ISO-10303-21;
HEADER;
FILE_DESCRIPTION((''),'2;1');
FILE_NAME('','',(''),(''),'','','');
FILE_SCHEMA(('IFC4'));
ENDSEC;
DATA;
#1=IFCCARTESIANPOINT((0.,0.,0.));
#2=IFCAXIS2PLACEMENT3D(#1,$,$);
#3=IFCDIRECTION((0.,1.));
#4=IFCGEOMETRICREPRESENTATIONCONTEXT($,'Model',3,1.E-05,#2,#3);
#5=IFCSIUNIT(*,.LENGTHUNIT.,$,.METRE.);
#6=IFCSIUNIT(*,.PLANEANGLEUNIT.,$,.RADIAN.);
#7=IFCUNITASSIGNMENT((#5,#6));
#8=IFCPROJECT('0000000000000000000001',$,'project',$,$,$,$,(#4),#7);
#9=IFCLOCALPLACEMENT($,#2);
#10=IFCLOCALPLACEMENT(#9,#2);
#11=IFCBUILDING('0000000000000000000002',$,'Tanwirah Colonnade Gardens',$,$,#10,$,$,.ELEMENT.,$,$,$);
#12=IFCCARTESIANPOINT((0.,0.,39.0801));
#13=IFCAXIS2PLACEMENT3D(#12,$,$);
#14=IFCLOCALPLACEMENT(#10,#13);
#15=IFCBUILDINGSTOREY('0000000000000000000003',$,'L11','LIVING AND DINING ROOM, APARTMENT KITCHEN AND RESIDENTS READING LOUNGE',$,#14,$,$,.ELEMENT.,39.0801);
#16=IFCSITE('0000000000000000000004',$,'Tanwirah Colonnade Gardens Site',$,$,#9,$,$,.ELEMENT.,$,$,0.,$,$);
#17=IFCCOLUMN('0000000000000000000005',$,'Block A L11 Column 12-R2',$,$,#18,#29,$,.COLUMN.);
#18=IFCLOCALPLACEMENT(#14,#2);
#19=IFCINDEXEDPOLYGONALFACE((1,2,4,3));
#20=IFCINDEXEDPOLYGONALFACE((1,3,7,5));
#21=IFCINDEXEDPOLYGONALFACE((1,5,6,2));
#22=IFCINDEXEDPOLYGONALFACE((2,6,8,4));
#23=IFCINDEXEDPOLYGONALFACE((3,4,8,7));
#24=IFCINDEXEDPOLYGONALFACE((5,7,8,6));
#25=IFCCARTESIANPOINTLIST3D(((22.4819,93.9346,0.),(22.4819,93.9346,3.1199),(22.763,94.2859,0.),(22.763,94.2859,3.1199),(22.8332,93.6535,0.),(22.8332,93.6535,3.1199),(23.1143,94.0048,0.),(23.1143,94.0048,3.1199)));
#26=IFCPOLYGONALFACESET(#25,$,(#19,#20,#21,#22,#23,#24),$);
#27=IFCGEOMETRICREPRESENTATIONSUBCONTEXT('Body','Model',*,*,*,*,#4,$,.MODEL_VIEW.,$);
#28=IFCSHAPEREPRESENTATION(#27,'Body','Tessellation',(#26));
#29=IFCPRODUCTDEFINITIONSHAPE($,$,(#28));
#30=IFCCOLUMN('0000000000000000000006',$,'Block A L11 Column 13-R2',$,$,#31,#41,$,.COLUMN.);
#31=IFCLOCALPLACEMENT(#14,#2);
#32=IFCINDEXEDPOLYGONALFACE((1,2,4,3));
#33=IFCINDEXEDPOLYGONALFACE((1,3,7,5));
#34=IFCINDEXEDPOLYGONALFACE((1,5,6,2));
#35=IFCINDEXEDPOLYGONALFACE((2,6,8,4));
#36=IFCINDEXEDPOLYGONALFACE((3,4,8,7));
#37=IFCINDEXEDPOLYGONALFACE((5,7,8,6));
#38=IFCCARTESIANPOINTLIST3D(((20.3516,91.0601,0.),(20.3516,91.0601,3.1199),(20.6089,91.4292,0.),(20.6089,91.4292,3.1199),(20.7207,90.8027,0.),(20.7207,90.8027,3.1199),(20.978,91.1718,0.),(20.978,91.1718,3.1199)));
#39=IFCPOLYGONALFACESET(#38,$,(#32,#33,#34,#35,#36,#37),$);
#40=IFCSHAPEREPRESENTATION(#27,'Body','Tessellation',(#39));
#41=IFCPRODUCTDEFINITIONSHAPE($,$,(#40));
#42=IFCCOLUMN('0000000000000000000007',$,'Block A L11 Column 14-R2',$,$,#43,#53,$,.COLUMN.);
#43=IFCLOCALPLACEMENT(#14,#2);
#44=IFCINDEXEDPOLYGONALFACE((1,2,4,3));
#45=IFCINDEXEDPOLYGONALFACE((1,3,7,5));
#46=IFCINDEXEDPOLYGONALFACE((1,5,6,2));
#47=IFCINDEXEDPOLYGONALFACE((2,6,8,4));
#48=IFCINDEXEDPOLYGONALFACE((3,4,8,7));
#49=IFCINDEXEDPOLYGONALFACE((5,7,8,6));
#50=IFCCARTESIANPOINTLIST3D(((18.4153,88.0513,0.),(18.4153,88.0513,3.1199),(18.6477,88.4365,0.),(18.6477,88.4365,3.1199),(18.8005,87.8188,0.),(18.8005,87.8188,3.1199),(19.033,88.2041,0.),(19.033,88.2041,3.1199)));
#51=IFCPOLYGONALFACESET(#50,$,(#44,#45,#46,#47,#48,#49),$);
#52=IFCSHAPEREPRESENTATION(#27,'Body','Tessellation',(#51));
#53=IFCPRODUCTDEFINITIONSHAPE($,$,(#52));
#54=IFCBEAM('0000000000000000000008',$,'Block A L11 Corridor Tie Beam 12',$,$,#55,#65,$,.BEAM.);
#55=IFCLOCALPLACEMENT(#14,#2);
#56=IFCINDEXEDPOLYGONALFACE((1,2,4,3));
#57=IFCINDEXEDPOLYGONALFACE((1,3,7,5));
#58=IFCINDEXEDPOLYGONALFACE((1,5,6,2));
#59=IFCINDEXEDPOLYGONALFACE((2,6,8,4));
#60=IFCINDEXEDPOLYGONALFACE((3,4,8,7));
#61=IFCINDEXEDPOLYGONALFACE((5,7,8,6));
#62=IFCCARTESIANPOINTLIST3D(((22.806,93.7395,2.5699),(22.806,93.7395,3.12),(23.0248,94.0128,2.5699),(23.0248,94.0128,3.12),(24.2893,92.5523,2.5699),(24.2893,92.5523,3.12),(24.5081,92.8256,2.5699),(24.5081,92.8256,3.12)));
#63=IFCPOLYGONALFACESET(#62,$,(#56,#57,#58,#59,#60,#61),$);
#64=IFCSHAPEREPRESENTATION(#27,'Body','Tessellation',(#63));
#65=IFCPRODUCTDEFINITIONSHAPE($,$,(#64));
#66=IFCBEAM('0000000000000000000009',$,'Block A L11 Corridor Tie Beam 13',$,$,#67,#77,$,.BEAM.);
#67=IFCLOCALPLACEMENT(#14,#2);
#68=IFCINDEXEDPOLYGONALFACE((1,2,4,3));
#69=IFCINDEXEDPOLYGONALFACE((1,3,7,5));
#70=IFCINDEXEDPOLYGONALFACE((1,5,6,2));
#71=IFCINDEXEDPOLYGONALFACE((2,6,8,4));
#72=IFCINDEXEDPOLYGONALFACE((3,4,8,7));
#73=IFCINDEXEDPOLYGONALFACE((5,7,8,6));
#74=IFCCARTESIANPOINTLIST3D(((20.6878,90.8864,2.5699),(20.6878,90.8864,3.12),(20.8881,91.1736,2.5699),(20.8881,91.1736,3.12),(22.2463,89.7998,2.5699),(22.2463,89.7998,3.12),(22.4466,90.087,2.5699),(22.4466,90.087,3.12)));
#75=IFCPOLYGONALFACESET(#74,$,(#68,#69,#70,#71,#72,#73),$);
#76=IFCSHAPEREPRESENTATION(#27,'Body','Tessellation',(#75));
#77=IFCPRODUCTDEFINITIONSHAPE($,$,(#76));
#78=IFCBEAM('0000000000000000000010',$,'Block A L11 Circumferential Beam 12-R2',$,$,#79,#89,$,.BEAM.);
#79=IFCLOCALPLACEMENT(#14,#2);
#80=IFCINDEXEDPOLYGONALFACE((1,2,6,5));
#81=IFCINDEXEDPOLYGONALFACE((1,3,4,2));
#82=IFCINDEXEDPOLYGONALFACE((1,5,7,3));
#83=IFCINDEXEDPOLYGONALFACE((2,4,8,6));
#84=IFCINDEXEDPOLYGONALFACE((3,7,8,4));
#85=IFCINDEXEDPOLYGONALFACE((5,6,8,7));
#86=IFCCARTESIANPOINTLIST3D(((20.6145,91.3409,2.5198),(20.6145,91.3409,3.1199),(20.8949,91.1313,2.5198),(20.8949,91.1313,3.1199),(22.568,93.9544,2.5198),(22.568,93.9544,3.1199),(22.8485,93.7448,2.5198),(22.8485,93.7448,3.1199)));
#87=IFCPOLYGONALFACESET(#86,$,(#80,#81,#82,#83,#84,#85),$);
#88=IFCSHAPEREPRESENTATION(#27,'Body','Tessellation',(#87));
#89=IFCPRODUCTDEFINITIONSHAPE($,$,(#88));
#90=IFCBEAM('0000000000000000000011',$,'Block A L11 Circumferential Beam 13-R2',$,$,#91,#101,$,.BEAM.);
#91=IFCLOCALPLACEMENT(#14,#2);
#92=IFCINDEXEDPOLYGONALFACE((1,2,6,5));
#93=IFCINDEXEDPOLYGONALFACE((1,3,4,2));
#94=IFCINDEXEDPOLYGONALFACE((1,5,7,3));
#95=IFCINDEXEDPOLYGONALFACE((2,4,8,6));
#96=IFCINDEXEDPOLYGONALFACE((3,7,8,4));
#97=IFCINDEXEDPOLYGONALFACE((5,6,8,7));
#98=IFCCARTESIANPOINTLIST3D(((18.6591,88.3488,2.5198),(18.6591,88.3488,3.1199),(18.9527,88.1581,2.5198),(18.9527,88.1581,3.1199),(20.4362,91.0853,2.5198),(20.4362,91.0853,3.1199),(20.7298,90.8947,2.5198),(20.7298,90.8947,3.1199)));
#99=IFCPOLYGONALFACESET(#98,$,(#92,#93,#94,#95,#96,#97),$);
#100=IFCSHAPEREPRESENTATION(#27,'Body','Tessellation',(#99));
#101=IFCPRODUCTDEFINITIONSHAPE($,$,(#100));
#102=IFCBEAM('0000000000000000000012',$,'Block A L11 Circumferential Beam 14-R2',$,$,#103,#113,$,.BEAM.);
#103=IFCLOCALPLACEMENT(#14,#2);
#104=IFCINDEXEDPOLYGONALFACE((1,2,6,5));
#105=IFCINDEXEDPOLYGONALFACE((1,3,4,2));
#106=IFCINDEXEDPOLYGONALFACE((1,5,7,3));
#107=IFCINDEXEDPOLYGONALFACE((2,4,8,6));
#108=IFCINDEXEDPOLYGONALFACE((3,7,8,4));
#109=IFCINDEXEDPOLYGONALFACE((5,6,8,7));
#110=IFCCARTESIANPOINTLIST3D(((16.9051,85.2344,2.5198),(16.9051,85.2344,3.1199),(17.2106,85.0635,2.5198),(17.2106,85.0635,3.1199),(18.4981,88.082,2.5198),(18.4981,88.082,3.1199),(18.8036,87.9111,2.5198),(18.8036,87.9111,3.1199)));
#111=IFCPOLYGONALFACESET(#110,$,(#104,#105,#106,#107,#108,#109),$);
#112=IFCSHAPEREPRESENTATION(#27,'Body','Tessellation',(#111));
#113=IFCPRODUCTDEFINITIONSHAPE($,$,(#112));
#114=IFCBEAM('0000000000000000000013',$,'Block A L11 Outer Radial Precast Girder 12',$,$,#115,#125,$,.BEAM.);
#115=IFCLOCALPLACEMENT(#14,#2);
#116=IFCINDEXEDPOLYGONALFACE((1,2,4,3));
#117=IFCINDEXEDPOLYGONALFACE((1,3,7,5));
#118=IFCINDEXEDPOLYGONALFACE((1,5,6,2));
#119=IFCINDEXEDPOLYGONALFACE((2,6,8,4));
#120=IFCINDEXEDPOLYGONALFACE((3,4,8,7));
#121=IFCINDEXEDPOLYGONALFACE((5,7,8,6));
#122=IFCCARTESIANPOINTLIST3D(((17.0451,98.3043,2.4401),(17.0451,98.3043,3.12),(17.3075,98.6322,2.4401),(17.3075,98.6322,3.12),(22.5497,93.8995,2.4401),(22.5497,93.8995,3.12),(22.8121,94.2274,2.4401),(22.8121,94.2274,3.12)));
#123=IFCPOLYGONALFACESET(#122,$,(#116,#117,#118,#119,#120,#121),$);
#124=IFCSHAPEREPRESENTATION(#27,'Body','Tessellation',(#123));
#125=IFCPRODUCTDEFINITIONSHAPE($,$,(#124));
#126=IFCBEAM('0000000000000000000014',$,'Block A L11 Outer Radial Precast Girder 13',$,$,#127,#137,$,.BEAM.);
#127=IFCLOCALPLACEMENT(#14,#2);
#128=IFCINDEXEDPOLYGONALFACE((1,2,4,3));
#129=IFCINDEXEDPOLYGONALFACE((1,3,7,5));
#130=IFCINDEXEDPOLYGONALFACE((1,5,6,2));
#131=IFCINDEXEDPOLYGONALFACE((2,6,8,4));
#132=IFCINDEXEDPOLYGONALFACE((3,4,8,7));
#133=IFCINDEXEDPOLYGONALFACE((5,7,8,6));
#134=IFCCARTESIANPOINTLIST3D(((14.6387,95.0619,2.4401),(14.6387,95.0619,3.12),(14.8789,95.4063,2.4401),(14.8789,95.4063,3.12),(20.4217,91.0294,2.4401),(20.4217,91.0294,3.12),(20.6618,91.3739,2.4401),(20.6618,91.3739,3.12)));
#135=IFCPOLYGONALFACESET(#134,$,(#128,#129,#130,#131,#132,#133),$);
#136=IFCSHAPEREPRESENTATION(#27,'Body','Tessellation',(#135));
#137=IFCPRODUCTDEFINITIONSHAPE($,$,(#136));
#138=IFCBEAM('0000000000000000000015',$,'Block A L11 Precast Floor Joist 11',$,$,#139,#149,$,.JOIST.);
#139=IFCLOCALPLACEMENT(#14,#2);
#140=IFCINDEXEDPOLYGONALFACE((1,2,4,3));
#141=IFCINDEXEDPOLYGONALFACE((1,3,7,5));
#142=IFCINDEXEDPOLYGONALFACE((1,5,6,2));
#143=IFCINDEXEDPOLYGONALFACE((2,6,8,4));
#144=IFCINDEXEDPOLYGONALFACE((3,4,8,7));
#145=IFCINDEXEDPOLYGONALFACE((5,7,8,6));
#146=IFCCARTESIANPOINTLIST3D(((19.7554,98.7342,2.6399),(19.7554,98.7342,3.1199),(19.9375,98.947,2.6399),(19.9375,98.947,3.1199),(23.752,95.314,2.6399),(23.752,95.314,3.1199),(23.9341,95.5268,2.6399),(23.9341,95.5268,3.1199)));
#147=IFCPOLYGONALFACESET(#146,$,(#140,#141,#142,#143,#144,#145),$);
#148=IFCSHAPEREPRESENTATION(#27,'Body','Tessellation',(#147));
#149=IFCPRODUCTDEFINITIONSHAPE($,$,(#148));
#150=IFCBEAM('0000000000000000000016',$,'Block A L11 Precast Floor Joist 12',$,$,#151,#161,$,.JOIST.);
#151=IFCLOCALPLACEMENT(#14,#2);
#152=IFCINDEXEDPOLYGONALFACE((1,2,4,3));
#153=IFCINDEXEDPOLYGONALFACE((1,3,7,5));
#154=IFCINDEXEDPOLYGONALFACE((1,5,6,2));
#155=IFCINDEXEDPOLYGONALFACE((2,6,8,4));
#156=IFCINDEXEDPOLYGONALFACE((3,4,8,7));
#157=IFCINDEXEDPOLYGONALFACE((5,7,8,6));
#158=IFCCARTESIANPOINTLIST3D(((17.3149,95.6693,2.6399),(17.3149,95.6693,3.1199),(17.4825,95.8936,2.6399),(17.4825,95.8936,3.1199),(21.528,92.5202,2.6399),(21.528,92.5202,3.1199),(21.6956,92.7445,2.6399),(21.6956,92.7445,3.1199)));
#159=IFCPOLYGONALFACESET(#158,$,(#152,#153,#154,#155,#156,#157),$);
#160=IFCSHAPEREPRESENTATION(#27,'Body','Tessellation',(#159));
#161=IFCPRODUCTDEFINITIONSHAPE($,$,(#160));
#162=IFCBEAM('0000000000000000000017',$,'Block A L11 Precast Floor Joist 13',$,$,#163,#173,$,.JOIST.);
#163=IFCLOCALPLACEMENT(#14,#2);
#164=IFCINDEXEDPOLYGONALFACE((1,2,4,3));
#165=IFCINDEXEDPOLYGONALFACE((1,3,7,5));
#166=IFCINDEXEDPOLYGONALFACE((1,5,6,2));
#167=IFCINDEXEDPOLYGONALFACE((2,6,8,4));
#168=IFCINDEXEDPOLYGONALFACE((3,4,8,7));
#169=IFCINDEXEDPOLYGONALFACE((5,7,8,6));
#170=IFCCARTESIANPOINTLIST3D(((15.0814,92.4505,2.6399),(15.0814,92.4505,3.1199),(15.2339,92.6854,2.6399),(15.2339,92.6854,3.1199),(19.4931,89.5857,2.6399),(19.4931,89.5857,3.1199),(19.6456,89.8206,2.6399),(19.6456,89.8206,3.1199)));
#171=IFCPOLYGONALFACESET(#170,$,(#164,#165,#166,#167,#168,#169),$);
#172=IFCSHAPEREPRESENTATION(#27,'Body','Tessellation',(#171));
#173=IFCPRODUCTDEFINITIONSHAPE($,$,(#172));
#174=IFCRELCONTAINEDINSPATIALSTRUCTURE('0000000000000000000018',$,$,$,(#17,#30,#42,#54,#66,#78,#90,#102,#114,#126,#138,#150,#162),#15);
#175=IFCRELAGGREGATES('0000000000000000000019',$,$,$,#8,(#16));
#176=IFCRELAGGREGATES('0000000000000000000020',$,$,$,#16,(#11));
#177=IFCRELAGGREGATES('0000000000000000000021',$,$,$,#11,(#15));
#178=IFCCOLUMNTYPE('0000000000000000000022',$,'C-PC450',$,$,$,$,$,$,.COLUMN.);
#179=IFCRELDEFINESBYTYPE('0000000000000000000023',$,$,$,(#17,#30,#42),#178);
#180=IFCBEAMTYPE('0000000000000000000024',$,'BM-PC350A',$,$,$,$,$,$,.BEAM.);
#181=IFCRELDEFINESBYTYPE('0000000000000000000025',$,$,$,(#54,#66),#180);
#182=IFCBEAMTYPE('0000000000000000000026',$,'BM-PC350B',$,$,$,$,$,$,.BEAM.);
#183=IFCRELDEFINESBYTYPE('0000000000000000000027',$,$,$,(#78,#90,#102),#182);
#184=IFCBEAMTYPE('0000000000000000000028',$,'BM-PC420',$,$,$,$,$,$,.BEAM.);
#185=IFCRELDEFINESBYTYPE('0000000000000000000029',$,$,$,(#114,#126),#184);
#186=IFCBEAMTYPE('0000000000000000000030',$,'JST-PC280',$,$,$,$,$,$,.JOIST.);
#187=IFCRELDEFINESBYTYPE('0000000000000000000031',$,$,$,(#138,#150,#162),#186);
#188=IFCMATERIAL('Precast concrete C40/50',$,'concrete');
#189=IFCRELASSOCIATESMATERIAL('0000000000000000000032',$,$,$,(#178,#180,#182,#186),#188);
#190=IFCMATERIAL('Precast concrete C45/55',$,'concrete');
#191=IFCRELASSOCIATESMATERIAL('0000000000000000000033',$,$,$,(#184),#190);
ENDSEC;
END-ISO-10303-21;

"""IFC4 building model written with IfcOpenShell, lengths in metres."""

from ifc_helpers import new_model, si_unit, direction, frame, origin, origin_2d, place, context, subcontext, project, spatial, rectangle, extrude, material, material_profile, profile_set, type_object, element, save


model = new_model("IFC4")

# Units and contexts
model_context = context("Model", 3, precision=1e-05, world=origin(), true_north=direction((0.0, 1.0)))
body_context = subcontext(model_context, "Body", "Model", "MODEL_VIEW")
ifc_project = project(units=[si_unit("LENGTHUNIT", "METRE"), si_unit("PLANEANGLEUNIT", "RADIAN")], contexts=[model_context])

# Site, building, storey
site_placement = place(None, origin())
site = spatial("IfcSite", under=ifc_project, at=site_placement, Name="Tanwirah Colonnade Gardens Site", CompositionType="ELEMENT", RefElevation=0.0)
building_placement = place(site_placement, origin())
building = spatial("IfcBuilding", under=site, at=building_placement, Name="Tanwirah Colonnade Gardens", CompositionType="ELEMENT")
storey_placement = place(building_placement, frame((0.0, 0.0, 39.0801)))
storey = spatial("IfcBuildingStorey", under=building, at=storey_placement, Name="L11", Description="LIVING AND DINING ROOM, APARTMENT KITCHEN AND RESIDENTS READING LOUNGE", CompositionType="ELEMENT", Elevation=39.0801)

# Columns
ifc_material_1 = material(Name="Precast concrete C40/50", Category="concrete")
ifc_material_profile_1 = material_profile(ifc_material_1, rectangle(XDim=0.45, YDim=0.45, at=origin_2d()), Name="PC-COL 450x450")
ifc_profile_set_1 = profile_set([ifc_material_profile_1], Name="Precast concrete C40/50")
column_type = type_object("IfcColumnType", Name="C-PC450", PredefinedType="COLUMN", material=ifc_profile_set_1)
for number, where, z_axis, x_axis, name in (
    (1, (22.7981, 93.9697, 0.0), (0.0, 0.0, 1.0), (-0.780794, 0.624788, 0.0), "Block A L11 Column 12-R2"),
    (2, (20.6648, 91.116, 0.0), (0.0, 0.0, 1.0), (-0.820263, 0.571987, 0.0), "Block A L11 Column 13-R2"),
    (3, (18.7241, 88.1277, 0.0), (0.0, 0.0, 1.0), (-0.856167, 0.516699, 0.0), "Block A L11 Column 14-R2"),
):
    element("IfcColumn", number, at=place(storey_placement, frame(where, z_axis=z_axis, x_axis=x_axis)), inside=storey, type_object=column_type, Name=name, PredefinedType="COLUMN", context=body_context, shape_type="SweptSolid", body=[
        extrude(rectangle(XDim=0.45, YDim=0.45, at=origin_2d()), origin(), (0.0, 0.0, 1.0), 3.1199),
    ])

# Beams
ifc_material_profile_2 = material_profile(ifc_material_1, rectangle(XDim=0.3501, YDim=0.55, at=origin_2d()), Name="PC-BM 350x550")
ifc_profile_set_2 = profile_set([ifc_material_profile_2], Name="Precast concrete C40/50")
beam_type_1 = type_object("IfcBeamType", Name="BM-PC350A", PredefinedType="BEAM", material=ifc_profile_set_2)
for number, where, z_axis, x_axis, name in (
    (4, (24.3987, 92.689, 2.845), (-0.780731, 0.624867, 0.0), (-0.624867, -0.780731, 0.0), "Block A L11 Corridor Tie Beam 12"),
    (5, (22.3464, 89.9434, 2.845), (-0.820305, 0.571926, 0.0), (-0.571926, -0.820305, 0.0), "Block A L11 Corridor Tie Beam 13"),
):
    element("IfcBeam", number, at=place(storey_placement, frame(where, z_axis=z_axis, x_axis=x_axis)), inside=storey, type_object=beam_type_1, Name=name, PredefinedType="BEAM", context=body_context, shape_type="SweptSolid", body=[
        extrude(rectangle(XDim=0.3501, YDim=0.55, at=origin_2d()), origin(), (0.0, 0.0, 1.0), 1.8999),
    ])
ifc_material_profile_3 = material_profile(ifc_material_1, rectangle(XDim=0.3501, YDim=0.6001, at=origin_2d()), Name="PC-BM 350x600")
ifc_profile_set_3 = profile_set([ifc_material_profile_3], Name="Precast concrete C40/50")
beam_type_2 = type_object("IfcBeamType", Name="BM-PC350B", PredefinedType="BEAM", material=ifc_profile_set_3)
for number, where, z_axis, x_axis, name in (
    (6, (22.7083, 93.8496, 2.8198), (-0.598718, -0.80096, 0.0), (0.80096, -0.598718, 0.0), "Block A L11 Circumferential Beam 12-R2"),
    (7, (20.583, 90.99, 2.8198), (-0.544628, -0.838678, 0.0), (0.838678, -0.544628, 0.0), "Block A L11 Circumferential Beam 13-R2"),
    (8, (18.6509, 87.9966, 2.8198), (-0.488214, -0.872724, 0.0), (0.872724, -0.488214, 0.0), "Block A L11 Circumferential Beam 14-R2"),
):
    element("IfcBeam", number, at=place(storey_placement, frame(where, z_axis=z_axis, x_axis=x_axis)), inside=storey, type_object=beam_type_2, Name=name, PredefinedType="BEAM", context=body_context, shape_type="SweptSolid", body=[
        extrude(rectangle(XDim=0.3501, YDim=0.6001, at=origin_2d()), origin(), (0.0, 0.0, 1.0), 3.2629),
    ])
ifc_material_2 = material(Name="Precast concrete C45/55", Category="concrete")
ifc_material_profile_4 = material_profile(ifc_material_2, rectangle(XDim=0.4199, YDim=0.6799, at=origin_2d()), Name="PC-BM 420x680")
ifc_profile_set_4 = profile_set([ifc_material_profile_4], Name="Precast concrete C45/55")
beam_type_3 = type_object("IfcBeamType", Name="BM-PC420", PredefinedType="BEAM", material=ifc_profile_set_4)
for number, where, z_axis, x_axis, name in (
    (9, (22.6809, 94.0635, 2.78), (-0.780794, 0.624788, 0.0), (-0.624788, -0.780794, 0.0), "Block A L11 Outer Radial Precast Girder 12"),
    (10, (20.5417, 91.2017, 2.78), (-0.82027, 0.571976, 0.0), (-0.571976, -0.82027, 0.0), "Block A L11 Outer Radial Precast Girder 13"),
):
    element("IfcBeam", number, at=place(storey_placement, frame(where, z_axis=z_axis, x_axis=x_axis)), inside=storey, type_object=beam_type_3, Name=name, PredefinedType="BEAM", context=body_context, shape_type="SweptSolid", body=[
        extrude(rectangle(XDim=0.4199, YDim=0.6799, at=origin_2d()), origin(), (0.0, 0.0, 1.0), 7.05),
    ])
ifc_material_profile_5 = material_profile(ifc_material_1, rectangle(XDim=0.28, YDim=0.48, at=origin_2d()), Name="PC-JST 280x480")
ifc_profile_set_5 = profile_set([ifc_material_profile_5], Name="Precast concrete C40/50")
beam_type_4 = type_object("IfcBeamType", Name="JST-PC280", PredefinedType="JOIST", material=ifc_profile_set_5)
beam_1_placement = place(storey_placement, frame((23.843, 95.4204, 2.8799), z_axis=(-0.759771, 0.650191, 0.0), x_axis=(-0.650191, -0.759771, 0.0)))
element("IfcBeam", 11, at=beam_1_placement, inside=storey, type_object=beam_type_4, Name="Block A L11 Precast Floor Joist 11", PredefinedType="JOIST", context=body_context, shape_type="SweptSolid", body=[
    extrude(rectangle(XDim=0.28, YDim=0.48, at=origin_2d()), origin(), (0.0, 0.0, 1.0), 5.2603),
])
beam_2_placement = place(storey_placement, frame((21.6118, 92.6323, 2.8799), z_axis=(-0.800974, 0.5987, 0.0), x_axis=(-0.5987, -0.800974, 0.0)))
element("IfcBeam", 12, at=beam_2_placement, inside=storey, type_object=beam_type_4, Name="Block A L11 Precast Floor Joist 12", PredefinedType="JOIST", context=body_context, shape_type="SweptSolid", body=[
    extrude(rectangle(XDim=0.28, YDim=0.48, at=origin_2d()), origin(), (0.0, 0.0, 1.0), 5.26),
])
beam_3_placement = place(storey_placement, frame((19.5693, 89.7031, 2.8799), z_axis=(-0.838687, 0.544613, 0.0), x_axis=(-0.544613, -0.838687, 0.0)))
element("IfcBeam", 13, at=beam_3_placement, inside=storey, type_object=beam_type_4, Name="Block A L11 Precast Floor Joist 13", PredefinedType="JOIST", context=body_context, shape_type="SweptSolid", body=[
    extrude(rectangle(XDim=0.28, YDim=0.48, at=origin_2d()), origin(), (0.0, 0.0, 1.0), 5.2603),
])

save(model, "model.ifc")
